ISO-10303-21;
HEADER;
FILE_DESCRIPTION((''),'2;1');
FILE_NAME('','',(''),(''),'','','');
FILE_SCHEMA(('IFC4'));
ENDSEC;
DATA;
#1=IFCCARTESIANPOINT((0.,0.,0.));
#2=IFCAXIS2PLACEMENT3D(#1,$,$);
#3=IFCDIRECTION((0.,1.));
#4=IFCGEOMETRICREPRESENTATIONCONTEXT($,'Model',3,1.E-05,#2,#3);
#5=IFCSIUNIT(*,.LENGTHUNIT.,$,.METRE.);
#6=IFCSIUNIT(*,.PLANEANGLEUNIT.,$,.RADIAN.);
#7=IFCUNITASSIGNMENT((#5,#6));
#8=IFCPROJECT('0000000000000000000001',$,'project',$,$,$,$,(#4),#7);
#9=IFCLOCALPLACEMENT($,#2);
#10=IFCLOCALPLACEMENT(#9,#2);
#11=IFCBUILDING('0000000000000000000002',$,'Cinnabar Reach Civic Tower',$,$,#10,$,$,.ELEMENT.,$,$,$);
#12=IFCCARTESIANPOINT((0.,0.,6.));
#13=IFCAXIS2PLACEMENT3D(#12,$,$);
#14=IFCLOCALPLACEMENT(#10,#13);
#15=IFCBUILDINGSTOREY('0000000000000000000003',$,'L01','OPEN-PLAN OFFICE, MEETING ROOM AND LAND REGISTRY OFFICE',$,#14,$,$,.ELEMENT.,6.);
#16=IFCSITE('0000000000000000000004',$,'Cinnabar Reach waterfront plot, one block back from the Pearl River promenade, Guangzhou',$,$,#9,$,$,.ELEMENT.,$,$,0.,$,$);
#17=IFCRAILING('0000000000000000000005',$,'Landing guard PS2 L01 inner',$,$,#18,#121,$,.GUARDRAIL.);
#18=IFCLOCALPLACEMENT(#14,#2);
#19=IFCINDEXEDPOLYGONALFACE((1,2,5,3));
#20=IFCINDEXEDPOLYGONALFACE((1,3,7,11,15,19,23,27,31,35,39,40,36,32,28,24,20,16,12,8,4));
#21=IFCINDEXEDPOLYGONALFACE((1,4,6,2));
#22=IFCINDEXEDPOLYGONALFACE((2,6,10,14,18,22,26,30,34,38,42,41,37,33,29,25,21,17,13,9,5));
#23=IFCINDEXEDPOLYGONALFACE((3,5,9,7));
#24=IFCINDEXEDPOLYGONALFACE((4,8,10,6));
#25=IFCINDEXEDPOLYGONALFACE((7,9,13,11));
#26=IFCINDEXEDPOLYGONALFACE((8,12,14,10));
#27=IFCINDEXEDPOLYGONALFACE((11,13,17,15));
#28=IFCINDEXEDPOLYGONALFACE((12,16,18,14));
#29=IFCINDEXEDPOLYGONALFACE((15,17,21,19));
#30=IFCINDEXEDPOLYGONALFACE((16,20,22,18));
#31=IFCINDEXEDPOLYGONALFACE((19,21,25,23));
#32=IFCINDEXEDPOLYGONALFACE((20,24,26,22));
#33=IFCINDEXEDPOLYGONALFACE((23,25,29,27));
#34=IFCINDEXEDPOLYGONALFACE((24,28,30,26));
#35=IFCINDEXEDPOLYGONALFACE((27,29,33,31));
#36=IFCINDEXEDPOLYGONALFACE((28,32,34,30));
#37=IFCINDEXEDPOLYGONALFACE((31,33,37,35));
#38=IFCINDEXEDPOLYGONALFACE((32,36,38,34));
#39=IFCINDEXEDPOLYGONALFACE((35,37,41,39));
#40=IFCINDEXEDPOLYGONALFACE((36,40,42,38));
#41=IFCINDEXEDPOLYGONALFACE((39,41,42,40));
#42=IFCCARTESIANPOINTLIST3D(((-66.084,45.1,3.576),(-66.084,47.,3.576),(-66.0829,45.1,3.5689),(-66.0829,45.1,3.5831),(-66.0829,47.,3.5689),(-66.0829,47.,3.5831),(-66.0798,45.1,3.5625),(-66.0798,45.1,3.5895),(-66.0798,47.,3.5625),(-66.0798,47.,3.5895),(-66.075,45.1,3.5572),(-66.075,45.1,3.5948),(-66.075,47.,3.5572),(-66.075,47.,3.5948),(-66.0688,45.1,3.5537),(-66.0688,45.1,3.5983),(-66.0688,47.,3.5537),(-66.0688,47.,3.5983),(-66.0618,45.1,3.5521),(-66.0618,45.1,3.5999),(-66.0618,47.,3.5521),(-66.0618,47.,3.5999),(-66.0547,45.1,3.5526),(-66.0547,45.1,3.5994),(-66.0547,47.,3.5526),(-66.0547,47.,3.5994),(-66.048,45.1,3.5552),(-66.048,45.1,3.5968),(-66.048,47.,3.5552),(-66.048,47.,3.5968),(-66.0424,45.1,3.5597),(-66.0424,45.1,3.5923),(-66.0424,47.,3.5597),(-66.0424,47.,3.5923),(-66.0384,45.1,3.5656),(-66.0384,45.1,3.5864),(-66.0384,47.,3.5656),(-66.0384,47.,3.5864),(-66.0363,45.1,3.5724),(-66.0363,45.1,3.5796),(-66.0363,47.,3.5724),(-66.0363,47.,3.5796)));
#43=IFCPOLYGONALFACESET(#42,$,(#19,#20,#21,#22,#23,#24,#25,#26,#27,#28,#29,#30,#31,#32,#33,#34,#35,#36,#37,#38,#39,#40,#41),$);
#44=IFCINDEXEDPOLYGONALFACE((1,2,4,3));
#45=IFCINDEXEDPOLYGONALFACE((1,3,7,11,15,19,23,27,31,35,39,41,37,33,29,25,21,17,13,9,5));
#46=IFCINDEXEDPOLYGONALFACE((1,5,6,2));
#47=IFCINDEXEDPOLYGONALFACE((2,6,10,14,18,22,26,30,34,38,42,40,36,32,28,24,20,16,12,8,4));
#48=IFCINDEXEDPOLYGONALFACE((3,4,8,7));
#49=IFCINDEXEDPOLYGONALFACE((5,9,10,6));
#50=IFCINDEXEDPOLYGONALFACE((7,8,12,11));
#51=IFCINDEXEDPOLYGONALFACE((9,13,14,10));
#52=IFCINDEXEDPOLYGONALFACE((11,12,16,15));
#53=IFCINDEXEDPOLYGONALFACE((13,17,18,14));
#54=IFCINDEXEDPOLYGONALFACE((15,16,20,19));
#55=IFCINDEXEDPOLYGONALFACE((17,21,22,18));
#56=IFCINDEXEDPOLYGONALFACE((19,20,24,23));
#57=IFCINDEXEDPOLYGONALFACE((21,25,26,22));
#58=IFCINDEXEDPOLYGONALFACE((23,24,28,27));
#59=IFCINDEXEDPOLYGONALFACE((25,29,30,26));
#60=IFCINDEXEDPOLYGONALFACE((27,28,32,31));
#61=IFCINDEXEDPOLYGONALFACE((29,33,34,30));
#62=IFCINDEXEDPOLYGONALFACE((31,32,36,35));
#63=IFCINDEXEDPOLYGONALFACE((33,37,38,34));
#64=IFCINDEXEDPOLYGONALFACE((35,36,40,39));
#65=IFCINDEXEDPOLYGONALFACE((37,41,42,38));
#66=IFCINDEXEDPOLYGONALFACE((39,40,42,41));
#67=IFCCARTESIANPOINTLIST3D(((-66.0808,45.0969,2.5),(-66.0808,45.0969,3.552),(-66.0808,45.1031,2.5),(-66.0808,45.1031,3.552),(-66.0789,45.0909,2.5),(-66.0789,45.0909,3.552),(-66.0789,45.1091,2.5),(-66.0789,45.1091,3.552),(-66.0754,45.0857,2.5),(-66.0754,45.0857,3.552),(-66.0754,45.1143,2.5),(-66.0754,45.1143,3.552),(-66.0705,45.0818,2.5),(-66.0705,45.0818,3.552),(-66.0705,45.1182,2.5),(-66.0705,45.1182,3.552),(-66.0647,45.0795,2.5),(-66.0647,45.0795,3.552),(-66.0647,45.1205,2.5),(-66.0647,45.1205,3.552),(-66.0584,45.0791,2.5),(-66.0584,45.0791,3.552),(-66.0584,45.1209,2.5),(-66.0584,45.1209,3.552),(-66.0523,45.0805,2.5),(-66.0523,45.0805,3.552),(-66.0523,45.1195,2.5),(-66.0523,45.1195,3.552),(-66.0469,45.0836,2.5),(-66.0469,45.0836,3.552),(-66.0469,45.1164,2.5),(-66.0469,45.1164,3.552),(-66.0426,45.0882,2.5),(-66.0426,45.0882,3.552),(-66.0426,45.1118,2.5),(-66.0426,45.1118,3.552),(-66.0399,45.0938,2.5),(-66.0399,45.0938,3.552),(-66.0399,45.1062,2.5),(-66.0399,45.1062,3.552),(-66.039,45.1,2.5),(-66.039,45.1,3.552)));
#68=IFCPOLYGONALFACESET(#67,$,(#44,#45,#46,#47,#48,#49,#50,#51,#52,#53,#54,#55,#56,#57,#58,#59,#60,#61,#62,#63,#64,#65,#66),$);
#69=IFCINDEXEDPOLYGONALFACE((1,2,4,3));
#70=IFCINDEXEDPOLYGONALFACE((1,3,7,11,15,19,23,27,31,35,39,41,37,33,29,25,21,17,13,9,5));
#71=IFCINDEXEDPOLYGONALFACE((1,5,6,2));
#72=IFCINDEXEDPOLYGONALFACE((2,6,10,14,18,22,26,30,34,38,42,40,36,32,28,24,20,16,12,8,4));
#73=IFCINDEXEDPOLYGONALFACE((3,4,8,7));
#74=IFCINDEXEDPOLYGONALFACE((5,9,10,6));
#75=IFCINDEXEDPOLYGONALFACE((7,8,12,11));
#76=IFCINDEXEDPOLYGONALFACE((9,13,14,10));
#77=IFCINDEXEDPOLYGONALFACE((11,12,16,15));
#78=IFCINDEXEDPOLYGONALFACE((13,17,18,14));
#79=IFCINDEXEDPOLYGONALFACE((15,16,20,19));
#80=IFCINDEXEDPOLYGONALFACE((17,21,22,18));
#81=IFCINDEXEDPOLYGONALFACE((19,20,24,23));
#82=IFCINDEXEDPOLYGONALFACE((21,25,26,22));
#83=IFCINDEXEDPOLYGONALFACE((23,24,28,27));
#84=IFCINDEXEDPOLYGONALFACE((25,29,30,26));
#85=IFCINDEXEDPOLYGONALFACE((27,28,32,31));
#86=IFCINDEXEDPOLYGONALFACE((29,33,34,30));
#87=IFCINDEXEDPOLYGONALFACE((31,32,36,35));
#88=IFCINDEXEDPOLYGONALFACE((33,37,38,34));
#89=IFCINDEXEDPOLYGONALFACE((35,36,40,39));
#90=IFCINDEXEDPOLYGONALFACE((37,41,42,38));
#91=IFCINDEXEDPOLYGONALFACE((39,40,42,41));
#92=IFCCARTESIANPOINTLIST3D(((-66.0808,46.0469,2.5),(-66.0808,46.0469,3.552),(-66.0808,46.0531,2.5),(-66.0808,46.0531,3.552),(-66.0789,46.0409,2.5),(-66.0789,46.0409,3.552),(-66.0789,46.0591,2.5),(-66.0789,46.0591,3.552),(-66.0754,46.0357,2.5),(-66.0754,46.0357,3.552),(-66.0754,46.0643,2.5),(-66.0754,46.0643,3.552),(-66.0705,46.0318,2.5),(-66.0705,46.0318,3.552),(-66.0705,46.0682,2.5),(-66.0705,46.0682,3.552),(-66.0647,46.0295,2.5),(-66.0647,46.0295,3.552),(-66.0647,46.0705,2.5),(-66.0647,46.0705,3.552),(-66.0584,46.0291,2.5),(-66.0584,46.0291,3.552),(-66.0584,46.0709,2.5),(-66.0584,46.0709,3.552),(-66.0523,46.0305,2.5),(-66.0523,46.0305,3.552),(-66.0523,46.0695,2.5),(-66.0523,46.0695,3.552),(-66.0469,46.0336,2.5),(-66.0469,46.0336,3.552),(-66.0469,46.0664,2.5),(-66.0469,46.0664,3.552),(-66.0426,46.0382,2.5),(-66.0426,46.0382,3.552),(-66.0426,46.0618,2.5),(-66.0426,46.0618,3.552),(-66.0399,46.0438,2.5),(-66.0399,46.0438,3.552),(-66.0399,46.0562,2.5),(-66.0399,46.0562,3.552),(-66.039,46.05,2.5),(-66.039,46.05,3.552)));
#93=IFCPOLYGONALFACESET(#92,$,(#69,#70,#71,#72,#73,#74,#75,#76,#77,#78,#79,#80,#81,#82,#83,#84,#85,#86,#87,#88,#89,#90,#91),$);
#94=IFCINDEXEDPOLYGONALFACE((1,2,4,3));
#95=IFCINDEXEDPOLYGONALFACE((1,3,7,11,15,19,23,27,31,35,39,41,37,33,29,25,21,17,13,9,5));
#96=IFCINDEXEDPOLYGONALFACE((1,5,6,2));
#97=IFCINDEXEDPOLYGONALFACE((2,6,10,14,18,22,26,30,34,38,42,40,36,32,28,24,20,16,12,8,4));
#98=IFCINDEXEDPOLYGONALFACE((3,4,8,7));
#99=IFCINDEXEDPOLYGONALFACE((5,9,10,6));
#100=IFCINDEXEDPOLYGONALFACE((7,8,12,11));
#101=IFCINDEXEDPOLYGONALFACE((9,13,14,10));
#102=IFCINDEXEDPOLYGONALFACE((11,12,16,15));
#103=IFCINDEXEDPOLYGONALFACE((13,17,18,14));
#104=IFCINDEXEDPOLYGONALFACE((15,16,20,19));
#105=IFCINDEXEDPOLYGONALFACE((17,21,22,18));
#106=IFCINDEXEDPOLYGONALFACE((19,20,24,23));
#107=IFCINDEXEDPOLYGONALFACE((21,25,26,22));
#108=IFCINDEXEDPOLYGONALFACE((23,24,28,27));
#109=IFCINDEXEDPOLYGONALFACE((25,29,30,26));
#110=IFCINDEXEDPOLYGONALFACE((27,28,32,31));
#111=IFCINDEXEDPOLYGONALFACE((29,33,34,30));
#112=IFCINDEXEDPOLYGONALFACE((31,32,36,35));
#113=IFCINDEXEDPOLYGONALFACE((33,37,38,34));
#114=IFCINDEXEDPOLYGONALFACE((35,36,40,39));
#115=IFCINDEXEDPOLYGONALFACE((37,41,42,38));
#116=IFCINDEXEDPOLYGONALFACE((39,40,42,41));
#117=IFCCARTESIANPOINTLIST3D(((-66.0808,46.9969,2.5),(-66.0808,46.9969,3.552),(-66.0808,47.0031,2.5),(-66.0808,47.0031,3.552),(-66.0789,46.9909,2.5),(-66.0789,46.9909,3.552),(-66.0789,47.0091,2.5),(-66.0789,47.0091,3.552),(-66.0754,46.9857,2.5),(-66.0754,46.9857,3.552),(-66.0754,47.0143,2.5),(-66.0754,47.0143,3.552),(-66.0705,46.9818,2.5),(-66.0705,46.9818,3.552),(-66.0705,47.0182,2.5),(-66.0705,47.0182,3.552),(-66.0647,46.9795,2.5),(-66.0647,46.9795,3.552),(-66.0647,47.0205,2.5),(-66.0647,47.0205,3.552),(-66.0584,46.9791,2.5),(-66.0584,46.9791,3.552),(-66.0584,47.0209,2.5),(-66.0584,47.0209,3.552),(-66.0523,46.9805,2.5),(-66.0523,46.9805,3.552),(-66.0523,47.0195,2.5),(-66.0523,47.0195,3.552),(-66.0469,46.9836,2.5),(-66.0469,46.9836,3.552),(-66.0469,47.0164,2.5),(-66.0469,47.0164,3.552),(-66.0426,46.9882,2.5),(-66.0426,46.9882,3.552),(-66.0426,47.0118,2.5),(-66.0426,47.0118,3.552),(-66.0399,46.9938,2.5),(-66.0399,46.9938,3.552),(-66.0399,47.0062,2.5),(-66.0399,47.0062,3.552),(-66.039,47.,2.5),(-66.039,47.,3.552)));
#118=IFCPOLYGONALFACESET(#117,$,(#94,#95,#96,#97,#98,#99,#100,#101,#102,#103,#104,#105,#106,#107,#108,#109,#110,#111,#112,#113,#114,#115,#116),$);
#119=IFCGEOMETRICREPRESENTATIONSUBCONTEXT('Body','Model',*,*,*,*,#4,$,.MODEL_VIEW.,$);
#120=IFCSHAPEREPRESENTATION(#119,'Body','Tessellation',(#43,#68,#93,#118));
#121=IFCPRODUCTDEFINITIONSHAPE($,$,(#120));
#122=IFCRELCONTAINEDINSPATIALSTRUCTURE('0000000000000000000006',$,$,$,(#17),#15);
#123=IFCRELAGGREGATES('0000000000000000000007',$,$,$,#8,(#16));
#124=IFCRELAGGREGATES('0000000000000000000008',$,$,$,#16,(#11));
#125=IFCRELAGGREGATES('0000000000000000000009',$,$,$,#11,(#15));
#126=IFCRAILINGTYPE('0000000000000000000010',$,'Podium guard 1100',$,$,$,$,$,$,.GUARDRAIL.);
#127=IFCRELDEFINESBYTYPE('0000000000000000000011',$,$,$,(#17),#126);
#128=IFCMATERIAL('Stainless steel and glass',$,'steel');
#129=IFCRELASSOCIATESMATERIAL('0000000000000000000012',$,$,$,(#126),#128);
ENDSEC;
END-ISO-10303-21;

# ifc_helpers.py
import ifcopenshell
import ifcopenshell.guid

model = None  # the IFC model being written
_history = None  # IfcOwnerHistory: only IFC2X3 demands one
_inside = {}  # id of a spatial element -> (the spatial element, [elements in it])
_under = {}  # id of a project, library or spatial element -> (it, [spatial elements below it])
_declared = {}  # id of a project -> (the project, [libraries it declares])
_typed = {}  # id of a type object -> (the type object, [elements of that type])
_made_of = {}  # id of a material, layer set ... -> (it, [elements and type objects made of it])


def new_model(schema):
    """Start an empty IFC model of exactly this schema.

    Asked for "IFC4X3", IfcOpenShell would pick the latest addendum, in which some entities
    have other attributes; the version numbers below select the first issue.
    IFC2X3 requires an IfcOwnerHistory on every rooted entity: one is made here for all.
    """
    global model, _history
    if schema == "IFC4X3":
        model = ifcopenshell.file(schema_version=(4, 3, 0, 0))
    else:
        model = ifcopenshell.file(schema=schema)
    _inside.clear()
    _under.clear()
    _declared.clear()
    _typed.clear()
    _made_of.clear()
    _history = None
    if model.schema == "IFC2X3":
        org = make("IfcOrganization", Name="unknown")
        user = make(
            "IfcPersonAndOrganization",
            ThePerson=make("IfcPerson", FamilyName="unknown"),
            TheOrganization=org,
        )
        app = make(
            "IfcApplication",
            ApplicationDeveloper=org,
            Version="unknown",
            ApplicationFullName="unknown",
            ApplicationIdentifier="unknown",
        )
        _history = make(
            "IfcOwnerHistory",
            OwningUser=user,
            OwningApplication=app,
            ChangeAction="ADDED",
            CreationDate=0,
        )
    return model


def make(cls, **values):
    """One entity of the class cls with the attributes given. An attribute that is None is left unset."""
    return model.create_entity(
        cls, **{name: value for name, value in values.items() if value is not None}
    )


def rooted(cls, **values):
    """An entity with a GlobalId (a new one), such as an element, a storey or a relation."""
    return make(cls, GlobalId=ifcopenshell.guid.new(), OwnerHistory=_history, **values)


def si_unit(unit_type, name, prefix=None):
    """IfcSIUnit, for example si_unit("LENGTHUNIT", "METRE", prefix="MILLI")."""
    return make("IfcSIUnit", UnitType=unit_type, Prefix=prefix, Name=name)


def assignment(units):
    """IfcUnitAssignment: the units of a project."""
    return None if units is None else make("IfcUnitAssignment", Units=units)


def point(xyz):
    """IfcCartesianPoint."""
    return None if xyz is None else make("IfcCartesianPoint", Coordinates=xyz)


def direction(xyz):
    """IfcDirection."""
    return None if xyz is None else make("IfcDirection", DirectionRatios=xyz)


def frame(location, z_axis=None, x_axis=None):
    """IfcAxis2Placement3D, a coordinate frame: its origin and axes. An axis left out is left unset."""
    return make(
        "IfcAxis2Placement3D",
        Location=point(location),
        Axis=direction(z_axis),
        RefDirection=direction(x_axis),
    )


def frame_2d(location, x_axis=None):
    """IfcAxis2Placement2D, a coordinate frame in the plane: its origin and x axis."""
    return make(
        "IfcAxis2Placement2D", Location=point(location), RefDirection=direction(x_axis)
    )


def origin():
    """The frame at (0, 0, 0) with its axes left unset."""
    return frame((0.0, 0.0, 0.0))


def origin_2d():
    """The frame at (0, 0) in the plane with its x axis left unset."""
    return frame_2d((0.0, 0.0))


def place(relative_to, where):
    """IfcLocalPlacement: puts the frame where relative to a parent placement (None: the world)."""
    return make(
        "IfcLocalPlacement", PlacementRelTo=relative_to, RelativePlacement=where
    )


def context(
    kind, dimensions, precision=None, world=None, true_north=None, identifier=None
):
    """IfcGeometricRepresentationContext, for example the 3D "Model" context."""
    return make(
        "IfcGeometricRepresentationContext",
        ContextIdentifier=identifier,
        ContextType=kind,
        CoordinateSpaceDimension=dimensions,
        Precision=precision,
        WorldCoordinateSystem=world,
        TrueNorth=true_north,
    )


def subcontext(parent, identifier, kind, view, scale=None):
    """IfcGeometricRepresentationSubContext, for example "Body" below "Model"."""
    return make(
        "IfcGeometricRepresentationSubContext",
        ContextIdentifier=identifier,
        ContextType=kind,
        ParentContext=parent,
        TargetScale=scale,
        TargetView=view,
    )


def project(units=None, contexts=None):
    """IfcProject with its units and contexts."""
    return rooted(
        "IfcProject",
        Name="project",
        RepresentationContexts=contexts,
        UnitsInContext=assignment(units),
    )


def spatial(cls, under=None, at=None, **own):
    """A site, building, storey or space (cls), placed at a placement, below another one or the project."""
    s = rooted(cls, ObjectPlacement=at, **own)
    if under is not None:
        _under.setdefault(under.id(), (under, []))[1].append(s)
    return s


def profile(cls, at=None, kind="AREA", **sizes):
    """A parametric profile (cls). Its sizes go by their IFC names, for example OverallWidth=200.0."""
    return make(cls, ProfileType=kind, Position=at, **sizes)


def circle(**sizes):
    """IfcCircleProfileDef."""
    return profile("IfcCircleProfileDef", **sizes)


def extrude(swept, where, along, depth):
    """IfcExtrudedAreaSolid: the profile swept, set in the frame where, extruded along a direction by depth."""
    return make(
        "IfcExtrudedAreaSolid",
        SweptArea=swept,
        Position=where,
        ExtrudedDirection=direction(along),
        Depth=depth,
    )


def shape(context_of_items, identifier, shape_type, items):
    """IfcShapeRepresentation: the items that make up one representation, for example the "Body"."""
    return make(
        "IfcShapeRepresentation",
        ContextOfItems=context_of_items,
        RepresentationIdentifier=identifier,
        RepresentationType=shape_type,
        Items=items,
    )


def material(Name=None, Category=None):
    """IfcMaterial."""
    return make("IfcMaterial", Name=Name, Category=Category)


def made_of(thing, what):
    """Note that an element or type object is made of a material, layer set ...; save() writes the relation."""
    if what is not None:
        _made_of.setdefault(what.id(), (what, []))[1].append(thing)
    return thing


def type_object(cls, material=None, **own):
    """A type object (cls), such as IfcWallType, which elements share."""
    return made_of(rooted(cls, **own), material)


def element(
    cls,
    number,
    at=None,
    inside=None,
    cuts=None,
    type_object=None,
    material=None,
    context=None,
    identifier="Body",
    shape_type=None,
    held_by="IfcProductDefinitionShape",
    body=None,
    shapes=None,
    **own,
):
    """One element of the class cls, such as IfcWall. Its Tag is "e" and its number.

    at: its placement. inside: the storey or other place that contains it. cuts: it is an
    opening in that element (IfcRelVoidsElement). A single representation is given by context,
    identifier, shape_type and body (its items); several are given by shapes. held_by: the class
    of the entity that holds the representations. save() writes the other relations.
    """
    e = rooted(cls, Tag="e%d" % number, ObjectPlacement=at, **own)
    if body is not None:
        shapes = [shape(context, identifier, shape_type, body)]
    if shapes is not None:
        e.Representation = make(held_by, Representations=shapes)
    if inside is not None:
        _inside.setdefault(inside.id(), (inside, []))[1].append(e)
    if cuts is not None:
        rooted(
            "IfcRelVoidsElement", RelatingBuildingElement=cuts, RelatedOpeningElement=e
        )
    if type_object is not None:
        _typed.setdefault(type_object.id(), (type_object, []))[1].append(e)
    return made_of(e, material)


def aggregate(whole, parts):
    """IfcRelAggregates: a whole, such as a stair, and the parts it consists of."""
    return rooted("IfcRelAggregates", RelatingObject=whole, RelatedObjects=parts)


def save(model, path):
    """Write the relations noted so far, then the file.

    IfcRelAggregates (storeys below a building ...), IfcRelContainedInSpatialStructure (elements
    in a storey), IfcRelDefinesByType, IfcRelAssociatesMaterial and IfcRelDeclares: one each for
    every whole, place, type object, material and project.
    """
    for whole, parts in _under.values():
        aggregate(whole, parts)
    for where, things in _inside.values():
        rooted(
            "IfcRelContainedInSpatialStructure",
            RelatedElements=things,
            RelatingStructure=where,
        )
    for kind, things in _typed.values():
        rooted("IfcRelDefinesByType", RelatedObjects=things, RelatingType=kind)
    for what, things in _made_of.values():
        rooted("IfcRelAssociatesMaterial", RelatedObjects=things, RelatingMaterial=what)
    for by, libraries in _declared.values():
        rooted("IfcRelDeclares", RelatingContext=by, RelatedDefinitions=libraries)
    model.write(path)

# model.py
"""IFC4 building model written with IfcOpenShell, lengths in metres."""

from ifc_helpers import new_model, si_unit, direction, frame, origin, origin_2d, place, context, subcontext, project, spatial, circle, extrude, material, type_object, element, save


model = new_model("IFC4")

# Units and contexts
model_context = context("Model", 3, precision=1e-05, world=origin(), true_north=direction((0.0, 1.0)))
body_context = subcontext(model_context, "Body", "Model", "MODEL_VIEW")
ifc_project = project(units=[si_unit("LENGTHUNIT", "METRE"), si_unit("PLANEANGLEUNIT", "RADIAN")], contexts=[model_context])

# Site, building, storey
site_placement = place(None, origin())
site = spatial("IfcSite", under=ifc_project, at=site_placement, Name="Cinnabar Reach waterfront plot, one block back from the Pearl River promenade, Guangzhou", CompositionType="ELEMENT", RefElevation=0.0)
building_placement = place(site_placement, origin())
building = spatial("IfcBuilding", under=site, at=building_placement, Name="Cinnabar Reach Civic Tower", CompositionType="ELEMENT")
storey_placement = place(building_placement, frame((0.0, 0.0, 6.0)))
storey = spatial("IfcBuildingStorey", under=building, at=storey_placement, Name="L01", Description="OPEN-PLAN OFFICE, MEETING ROOM AND LAND REGISTRY OFFICE", CompositionType="ELEMENT", Elevation=6.0)

# Railing
ifc_material_1 = material(Name="Stainless steel and glass", Category="steel")
railing_type_1 = type_object("IfcRailingType", Name="Podium guard 1100", PredefinedType="GUARDRAIL", material=ifc_material_1)
railing_1_placement = place(storey_placement, frame((-66.06, 45.1, 2.5)))
element("IfcRailing", 1, at=railing_1_placement, inside=storey, type_object=railing_type_1, Name="Landing guard PS2 L01 inner", PredefinedType="GUARDRAIL", context=body_context, shape_type="SweptSolid", body=[
    extrude(circle(Radius=0.024, at=origin_2d()), frame((0.0, 0.0, 1.076), z_axis=(0.0, 1.0, 0.0), x_axis=(-1.0, 0.0, 0.0)), (0.0, 0.0, 1.0), 1.9),
    extrude(circle(Radius=0.021, at=origin_2d()), origin(), (0.0, 0.0, 1.0), 1.052),
    extrude(circle(Radius=0.021, at=origin_2d()), frame((0.0, 0.95, 0.0)), (0.0, 0.0, 1.0), 1.052),
    extrude(circle(Radius=0.021, at=origin_2d()), frame((0.0, 1.9, 0.0)), (0.0, 0.0, 1.0), 1.052),
])

save(model, "model.ifc")
